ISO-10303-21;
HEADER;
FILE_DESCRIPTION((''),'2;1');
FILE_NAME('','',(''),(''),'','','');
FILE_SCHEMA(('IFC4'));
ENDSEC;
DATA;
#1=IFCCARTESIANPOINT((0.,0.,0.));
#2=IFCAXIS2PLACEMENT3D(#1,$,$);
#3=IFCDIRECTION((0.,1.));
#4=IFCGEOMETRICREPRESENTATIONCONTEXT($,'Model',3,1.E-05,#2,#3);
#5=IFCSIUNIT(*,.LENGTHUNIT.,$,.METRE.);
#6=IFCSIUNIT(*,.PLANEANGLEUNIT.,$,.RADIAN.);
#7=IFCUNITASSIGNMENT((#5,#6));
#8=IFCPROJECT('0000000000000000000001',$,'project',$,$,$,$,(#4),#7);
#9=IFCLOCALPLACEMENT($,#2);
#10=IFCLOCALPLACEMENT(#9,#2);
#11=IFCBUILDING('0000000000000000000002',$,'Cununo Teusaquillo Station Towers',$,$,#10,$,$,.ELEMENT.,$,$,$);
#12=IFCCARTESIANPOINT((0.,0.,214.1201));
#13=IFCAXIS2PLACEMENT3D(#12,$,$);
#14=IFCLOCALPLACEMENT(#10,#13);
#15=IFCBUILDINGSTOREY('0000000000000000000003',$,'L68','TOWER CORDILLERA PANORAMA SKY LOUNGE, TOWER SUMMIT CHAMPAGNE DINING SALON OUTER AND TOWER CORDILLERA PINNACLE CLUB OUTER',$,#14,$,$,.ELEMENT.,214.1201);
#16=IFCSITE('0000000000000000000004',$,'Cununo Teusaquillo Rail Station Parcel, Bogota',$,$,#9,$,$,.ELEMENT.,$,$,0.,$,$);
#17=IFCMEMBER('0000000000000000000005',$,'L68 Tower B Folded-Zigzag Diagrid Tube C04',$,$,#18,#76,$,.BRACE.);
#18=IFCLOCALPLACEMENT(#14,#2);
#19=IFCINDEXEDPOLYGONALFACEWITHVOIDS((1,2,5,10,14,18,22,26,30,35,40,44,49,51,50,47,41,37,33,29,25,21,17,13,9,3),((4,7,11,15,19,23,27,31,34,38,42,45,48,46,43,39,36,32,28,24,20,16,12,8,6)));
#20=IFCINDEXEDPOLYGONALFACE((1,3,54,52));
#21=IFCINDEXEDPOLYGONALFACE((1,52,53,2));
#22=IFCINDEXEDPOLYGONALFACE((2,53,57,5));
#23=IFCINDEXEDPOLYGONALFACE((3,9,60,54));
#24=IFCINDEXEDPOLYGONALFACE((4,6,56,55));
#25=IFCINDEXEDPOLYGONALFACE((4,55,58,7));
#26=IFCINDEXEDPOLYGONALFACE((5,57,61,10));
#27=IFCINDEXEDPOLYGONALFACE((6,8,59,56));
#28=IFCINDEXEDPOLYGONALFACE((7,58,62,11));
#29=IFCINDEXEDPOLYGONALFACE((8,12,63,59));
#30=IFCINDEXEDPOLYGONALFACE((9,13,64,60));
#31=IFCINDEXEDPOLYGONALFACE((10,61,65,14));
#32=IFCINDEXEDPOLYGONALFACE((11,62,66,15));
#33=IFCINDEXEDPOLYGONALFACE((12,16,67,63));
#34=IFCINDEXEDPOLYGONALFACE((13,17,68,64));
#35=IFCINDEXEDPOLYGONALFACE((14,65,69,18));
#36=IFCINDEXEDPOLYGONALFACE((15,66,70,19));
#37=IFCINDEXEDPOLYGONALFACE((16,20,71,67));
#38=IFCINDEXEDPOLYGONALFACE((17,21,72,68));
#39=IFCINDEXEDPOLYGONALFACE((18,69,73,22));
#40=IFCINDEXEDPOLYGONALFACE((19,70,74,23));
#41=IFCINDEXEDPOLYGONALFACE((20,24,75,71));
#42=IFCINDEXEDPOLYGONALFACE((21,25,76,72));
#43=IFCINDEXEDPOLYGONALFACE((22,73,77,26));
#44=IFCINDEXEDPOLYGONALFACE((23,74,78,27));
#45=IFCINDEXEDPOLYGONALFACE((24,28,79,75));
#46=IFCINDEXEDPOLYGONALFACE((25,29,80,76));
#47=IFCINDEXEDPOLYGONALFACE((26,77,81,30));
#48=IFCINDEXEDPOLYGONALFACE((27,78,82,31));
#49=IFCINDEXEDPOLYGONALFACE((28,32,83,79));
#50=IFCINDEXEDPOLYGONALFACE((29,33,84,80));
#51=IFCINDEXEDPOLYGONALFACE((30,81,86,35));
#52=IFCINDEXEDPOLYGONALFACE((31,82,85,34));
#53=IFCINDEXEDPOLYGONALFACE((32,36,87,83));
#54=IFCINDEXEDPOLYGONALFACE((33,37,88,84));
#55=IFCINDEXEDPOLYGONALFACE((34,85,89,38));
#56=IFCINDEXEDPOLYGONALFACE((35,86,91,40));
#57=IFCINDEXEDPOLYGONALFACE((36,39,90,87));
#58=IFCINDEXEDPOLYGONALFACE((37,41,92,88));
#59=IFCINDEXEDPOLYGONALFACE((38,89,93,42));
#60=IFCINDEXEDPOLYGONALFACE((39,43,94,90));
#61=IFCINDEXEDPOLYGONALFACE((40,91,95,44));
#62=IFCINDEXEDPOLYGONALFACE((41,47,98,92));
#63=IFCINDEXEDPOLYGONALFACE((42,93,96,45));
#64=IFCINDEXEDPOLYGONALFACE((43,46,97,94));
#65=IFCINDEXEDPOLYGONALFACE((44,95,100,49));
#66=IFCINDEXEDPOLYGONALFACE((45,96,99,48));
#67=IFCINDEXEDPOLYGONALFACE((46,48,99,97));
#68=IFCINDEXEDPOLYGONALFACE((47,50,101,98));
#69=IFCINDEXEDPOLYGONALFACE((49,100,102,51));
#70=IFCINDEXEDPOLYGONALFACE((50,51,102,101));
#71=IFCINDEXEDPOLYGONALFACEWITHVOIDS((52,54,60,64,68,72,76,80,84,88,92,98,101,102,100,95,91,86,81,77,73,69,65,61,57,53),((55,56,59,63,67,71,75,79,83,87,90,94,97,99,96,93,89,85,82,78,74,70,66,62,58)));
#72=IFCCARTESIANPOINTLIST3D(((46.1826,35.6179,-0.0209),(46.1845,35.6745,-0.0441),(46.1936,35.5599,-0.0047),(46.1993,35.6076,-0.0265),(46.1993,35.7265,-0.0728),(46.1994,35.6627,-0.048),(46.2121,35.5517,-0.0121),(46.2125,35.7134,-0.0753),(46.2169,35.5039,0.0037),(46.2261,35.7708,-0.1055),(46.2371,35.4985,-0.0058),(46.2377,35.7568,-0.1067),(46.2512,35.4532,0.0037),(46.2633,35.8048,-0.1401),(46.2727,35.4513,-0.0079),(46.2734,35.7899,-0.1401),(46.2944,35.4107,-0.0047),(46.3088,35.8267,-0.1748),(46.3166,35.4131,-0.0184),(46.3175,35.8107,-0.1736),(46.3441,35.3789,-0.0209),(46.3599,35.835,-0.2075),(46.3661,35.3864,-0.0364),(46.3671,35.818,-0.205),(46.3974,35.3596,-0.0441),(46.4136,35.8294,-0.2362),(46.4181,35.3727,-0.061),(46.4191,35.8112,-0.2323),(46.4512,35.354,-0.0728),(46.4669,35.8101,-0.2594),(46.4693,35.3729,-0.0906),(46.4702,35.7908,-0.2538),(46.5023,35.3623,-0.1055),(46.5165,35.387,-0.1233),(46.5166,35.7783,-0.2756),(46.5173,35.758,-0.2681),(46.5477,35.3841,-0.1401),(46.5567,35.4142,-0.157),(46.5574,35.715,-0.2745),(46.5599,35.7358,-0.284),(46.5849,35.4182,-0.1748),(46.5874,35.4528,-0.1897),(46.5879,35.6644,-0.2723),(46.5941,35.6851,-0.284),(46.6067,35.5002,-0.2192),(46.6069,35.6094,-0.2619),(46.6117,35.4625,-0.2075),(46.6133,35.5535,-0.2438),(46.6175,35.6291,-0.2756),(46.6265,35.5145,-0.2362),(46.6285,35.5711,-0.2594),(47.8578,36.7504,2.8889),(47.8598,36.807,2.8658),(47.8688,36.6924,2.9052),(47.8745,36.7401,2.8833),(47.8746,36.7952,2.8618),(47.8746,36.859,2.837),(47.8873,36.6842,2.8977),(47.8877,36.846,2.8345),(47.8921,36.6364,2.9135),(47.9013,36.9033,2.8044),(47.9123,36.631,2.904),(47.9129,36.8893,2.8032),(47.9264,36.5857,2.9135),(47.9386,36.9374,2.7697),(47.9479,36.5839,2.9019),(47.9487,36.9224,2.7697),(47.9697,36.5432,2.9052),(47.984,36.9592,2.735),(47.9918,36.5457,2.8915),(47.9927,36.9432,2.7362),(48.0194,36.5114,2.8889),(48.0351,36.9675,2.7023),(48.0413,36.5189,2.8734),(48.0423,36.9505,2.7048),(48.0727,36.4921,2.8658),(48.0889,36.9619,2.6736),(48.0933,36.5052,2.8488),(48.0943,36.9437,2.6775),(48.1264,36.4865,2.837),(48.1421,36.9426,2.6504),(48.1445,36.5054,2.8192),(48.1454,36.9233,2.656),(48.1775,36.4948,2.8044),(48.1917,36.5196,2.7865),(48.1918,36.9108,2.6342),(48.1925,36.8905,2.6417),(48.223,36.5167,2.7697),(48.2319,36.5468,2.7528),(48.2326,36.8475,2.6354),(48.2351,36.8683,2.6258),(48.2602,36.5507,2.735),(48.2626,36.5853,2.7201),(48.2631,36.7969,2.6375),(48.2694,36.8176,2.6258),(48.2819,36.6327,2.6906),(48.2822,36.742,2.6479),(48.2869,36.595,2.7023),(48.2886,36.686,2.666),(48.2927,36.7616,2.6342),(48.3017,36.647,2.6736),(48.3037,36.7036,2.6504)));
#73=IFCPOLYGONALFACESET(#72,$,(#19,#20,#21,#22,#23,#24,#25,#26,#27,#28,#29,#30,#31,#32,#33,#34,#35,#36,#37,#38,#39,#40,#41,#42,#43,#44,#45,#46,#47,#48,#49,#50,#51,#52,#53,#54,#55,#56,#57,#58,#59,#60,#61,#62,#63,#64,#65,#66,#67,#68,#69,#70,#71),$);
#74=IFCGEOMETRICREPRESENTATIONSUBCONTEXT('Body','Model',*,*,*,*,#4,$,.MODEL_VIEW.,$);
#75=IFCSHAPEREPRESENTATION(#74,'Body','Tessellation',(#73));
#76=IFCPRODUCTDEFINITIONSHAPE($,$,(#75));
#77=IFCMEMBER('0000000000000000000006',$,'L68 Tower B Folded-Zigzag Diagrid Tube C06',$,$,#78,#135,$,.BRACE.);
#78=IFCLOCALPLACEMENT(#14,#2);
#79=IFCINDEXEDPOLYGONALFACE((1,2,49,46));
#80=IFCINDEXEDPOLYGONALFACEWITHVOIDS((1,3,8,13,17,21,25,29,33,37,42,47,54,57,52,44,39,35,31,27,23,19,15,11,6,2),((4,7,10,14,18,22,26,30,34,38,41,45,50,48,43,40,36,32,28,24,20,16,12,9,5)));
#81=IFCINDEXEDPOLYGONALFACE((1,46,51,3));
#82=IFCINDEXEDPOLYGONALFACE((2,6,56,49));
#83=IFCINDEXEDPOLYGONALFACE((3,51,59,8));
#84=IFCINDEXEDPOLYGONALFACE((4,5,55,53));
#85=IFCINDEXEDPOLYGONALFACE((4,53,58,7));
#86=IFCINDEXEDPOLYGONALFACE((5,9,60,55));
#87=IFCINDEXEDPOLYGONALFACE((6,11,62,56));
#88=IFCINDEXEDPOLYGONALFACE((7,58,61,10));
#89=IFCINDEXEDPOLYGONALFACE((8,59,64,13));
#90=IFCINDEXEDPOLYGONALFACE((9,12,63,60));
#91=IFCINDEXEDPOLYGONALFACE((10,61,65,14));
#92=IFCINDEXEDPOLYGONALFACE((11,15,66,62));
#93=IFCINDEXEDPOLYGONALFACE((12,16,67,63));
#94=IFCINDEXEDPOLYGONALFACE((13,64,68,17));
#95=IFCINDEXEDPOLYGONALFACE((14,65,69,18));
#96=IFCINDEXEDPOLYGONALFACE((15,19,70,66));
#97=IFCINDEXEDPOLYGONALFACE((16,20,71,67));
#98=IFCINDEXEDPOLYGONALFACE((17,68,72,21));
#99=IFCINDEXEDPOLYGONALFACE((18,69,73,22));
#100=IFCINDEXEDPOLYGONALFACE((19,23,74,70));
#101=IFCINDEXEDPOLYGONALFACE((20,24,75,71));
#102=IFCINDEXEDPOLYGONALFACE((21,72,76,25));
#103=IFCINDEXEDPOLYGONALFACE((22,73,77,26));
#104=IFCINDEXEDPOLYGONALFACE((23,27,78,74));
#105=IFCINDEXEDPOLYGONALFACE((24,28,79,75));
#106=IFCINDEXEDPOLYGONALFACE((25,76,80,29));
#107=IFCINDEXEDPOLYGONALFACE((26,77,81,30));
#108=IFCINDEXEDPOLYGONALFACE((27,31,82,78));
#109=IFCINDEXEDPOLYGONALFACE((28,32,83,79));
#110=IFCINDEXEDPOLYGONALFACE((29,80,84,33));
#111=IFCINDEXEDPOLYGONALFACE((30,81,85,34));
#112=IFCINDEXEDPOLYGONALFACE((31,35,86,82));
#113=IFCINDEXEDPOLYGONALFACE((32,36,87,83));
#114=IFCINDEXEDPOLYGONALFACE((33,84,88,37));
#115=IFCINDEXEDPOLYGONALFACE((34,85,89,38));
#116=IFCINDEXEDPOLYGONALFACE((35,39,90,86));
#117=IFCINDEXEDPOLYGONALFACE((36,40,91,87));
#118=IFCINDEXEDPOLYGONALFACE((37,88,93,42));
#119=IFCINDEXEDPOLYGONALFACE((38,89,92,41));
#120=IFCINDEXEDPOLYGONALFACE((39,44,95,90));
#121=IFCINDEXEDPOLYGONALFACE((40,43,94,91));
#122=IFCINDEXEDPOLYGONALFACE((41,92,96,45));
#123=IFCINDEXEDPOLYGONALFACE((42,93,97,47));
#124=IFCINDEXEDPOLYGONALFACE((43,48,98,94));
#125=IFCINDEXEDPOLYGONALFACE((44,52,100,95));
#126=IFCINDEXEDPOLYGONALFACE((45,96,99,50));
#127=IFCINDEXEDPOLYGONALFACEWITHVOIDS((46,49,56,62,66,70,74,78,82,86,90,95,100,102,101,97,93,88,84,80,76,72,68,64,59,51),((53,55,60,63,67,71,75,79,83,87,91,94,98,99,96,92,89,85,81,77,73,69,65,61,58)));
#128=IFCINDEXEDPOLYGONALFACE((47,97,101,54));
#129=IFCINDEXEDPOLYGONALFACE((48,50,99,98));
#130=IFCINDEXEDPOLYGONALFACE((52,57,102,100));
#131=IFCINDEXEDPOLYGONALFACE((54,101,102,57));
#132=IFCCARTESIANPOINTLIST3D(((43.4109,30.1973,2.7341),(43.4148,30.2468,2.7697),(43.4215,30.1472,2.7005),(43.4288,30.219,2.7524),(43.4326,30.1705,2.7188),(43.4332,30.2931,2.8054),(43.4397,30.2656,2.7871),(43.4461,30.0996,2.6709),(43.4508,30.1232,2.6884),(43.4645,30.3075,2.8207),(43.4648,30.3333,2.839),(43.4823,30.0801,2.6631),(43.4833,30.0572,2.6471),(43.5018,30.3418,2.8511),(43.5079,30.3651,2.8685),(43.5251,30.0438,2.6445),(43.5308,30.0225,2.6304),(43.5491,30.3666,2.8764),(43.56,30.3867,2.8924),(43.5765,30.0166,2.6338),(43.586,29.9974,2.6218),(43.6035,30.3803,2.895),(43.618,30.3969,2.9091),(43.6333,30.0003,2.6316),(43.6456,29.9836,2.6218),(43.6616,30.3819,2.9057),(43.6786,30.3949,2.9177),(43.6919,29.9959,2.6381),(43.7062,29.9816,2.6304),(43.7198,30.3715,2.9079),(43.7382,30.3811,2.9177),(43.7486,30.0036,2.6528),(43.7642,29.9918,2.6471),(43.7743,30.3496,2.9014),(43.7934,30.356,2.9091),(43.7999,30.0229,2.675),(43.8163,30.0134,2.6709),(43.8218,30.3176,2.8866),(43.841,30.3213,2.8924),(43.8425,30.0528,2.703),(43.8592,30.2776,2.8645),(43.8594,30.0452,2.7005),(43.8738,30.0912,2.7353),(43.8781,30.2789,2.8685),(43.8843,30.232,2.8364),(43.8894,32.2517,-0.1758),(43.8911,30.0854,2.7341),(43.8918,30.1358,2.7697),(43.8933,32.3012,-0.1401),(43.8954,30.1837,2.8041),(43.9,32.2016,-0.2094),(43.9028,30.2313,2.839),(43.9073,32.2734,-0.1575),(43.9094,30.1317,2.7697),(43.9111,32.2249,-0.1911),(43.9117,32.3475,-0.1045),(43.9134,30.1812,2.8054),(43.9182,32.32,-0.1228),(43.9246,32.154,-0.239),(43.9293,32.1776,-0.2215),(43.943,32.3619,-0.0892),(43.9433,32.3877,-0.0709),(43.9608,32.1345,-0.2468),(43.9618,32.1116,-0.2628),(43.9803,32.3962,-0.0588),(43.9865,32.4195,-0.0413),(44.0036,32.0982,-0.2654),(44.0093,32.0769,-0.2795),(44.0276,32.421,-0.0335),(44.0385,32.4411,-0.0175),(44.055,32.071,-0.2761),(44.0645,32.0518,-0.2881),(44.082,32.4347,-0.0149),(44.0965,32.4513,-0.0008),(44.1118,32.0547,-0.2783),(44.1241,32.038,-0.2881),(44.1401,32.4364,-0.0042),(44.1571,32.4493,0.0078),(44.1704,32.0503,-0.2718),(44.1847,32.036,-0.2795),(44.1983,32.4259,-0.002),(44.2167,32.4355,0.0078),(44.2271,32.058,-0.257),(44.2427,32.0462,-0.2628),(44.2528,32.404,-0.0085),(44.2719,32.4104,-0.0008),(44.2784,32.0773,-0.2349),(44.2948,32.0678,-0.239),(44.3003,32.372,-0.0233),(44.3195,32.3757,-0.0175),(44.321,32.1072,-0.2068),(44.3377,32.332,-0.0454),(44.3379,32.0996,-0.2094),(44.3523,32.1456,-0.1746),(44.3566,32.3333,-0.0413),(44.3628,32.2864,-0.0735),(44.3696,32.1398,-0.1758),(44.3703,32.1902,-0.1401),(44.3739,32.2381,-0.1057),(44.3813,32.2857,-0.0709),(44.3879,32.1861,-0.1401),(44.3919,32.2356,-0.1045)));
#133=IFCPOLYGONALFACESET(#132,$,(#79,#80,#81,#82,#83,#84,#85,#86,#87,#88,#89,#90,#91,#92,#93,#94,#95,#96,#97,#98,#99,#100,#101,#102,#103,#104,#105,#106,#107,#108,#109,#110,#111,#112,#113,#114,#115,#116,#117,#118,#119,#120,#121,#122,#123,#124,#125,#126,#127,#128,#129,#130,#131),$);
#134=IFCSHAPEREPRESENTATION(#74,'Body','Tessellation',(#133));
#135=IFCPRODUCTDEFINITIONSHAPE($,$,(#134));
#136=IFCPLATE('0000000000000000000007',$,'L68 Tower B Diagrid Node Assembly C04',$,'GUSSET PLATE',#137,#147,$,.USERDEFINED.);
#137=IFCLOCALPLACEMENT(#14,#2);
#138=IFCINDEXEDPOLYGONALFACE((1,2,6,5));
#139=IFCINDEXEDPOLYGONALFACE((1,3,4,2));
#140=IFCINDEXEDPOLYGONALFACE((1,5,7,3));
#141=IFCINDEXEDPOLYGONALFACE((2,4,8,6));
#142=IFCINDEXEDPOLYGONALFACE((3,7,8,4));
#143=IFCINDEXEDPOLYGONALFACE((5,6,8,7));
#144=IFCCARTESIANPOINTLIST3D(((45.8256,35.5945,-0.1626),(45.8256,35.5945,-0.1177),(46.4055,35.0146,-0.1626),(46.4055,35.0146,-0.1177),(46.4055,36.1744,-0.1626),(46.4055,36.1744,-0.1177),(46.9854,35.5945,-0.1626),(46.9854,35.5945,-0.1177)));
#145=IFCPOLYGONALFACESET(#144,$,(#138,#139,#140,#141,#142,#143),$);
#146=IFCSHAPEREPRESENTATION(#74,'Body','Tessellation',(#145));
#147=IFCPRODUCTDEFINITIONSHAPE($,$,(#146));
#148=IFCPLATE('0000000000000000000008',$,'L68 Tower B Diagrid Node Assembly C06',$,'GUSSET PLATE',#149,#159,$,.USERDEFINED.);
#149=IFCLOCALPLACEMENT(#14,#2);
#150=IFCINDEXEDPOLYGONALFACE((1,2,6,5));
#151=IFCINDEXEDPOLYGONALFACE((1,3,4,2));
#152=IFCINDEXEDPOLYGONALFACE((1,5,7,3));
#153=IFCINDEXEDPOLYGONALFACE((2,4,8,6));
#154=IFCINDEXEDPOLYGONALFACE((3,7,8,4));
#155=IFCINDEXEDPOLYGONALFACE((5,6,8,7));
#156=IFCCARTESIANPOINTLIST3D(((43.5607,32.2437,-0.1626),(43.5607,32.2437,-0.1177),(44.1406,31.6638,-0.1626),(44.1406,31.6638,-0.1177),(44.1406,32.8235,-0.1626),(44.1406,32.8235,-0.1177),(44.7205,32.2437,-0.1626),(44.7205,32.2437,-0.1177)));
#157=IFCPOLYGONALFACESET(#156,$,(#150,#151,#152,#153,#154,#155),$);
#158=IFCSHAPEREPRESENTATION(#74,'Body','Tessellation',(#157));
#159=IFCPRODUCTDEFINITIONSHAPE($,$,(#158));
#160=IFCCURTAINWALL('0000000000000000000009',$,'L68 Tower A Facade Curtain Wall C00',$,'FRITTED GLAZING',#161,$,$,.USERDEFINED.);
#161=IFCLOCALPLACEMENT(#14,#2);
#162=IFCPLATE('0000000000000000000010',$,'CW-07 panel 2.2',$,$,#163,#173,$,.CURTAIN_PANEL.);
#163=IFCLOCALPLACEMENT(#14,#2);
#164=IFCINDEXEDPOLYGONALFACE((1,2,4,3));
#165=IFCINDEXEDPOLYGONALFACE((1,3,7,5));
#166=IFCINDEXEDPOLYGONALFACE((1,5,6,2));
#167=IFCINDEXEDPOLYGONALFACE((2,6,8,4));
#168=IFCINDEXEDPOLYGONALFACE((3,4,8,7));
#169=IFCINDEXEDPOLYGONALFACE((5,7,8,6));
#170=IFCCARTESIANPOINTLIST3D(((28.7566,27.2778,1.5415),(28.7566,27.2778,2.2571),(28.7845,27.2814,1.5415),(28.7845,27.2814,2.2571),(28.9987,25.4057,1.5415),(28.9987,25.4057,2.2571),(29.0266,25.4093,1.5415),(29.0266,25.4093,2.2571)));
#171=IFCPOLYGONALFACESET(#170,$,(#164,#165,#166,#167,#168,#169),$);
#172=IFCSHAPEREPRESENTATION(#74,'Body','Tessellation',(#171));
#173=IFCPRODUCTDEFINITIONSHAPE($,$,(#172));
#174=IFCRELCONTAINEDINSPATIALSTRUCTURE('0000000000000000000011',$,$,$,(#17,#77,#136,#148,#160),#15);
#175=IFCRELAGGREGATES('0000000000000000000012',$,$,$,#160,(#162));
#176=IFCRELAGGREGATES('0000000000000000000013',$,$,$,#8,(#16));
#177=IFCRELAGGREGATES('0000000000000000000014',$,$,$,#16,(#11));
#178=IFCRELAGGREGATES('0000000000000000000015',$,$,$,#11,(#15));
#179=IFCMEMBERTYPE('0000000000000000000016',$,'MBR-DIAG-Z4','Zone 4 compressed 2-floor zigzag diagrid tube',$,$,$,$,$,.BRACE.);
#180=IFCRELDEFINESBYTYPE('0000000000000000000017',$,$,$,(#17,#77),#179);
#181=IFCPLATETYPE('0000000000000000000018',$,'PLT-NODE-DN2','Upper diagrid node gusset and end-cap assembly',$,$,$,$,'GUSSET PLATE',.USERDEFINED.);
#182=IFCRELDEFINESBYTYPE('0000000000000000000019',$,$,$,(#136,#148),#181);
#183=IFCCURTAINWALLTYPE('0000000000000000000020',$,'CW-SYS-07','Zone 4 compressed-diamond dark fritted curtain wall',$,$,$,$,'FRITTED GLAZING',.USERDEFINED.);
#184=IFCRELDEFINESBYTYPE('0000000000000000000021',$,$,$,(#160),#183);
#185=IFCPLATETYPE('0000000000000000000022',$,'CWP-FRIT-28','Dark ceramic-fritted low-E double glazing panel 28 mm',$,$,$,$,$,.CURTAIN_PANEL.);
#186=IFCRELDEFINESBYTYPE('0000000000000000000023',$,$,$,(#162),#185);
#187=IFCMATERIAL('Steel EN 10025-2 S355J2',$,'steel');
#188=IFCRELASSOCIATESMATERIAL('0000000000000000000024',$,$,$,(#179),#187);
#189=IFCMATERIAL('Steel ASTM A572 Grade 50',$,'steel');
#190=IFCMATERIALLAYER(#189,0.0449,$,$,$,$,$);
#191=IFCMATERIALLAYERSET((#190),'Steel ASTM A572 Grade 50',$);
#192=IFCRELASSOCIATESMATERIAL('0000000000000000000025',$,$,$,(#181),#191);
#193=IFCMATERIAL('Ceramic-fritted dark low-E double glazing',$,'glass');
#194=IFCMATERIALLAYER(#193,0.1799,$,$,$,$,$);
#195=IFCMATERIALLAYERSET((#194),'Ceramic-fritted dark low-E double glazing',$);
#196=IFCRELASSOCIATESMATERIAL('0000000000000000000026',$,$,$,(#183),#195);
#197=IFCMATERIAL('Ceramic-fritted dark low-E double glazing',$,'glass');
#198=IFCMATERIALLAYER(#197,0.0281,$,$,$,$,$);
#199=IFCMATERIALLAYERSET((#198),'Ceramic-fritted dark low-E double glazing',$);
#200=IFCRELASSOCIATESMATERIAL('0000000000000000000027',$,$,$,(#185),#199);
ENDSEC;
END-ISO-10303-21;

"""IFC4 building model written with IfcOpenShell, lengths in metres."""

from ifc_helpers import new_model, si_unit, direction, frame, origin, origin_2d, place, context, subcontext, project, spatial, rectangle, hollow_circle, extrude, source, transform, mapped, material, layer, layer_set, material_profile, profile_set, type_object, element, aggregate, save


model = new_model("IFC4")

# Units and contexts
model_context = context("Model", 3, precision=1e-05, world=origin(), true_north=direction((0.0, 1.0)))
body_context = subcontext(model_context, "Body", "Model", "MODEL_VIEW")
ifc_project = project(units=[si_unit("LENGTHUNIT", "METRE"), si_unit("PLANEANGLEUNIT", "RADIAN")], contexts=[model_context])

# Site, building, storey
site_placement = place(None, origin())
site = spatial("IfcSite", under=ifc_project, at=site_placement, Name="Cununo Teusaquillo Rail Station Parcel, Bogota", CompositionType="ELEMENT", RefElevation=0.0)
building_placement = place(site_placement, origin())
building = spatial("IfcBuilding", under=site, at=building_placement, Name="Cununo Teusaquillo Station Towers", CompositionType="ELEMENT")
storey_placement = place(building_placement, frame((0.0, 0.0, 214.1201)))
storey = spatial("IfcBuildingStorey", under=building, at=storey_placement, Name="L68", Description="TOWER CORDILLERA PANORAMA SKY LOUNGE, TOWER SUMMIT CHAMPAGNE DINING SALON OUTER AND TOWER CORDILLERA PINNACLE CLUB OUTER", CompositionType="ELEMENT", Elevation=214.1201)

# Members
ifc_material_1 = material(Name="Steel EN 10025-2 S355J2", Category="steel")
ifc_material_profile_1 = material_profile(ifc_material_1, hollow_circle(Radius=0.2539, WallThickness=0.0181, at=origin_2d()), Name="CHS 508x18")
ifc_profile_set_1 = profile_set([ifc_material_profile_1], Name="Steel EN 10025-2 S355J2")
member_type = type_object("IfcMemberType", Name="MBR-DIAG-Z4", Description="Zone 4 compressed 2-floor zigzag diagrid tube", PredefinedType="BRACE", material=ifc_profile_set_1)
member_1_placement = place(storey_placement, frame((46.4055, 35.5945, -0.1401), z_axis=(0.472769, 0.319612, 0.82118), x_axis=(-0.560066, 0.828448, 0.0)))
element("IfcMember", 1, at=member_1_placement, inside=storey, type_object=member_type, Name="L68 Tower B Folded-Zigzag Diagrid Tube C04", PredefinedType="BRACE", context=body_context, shape_type="SweptSolid", body=[
    extrude(hollow_circle(Radius=0.2539, WallThickness=0.0181, at=origin_2d()), origin(), (0.0, 0.0, 1.0), 3.5435),
])
member_2_placement = place(storey_placement, frame((44.1406, 32.2437, -0.1401), z_axis=(-0.133141, -0.571621, 0.809644), x_axis=(0.973931, -0.226845, 0.0)))
element("IfcMember", 2, at=member_2_placement, inside=storey, type_object=member_type, Name="L68 Tower B Folded-Zigzag Diagrid Tube C06", PredefinedType="BRACE", context=body_context, shape_type="SweptSolid", body=[
    extrude(hollow_circle(Radius=0.2539, WallThickness=0.0181, at=origin_2d()), origin(), (0.0, 0.0, 1.0), 3.594),
])

# Plates
ifc_material_2 = material(Name="Steel ASTM A572 Grade 50", Category="steel")
ifc_layer_1 = layer(ifc_material_2, 0.0449)
ifc_layer_set_1 = layer_set([ifc_layer_1], Name="Steel ASTM A572 Grade 50")
plate_type_1 = type_object("IfcPlateType", Name="PLT-NODE-DN2", Description="Upper diagrid node gusset and end-cap assembly", ElementType="GUSSET PLATE", PredefinedType="USERDEFINED", material=ifc_layer_set_1)
shared_shape_1 = source(origin(), body_context, "Body", "SweptSolid", [
    extrude(rectangle(XDim=0.8201, YDim=0.8201, at=origin_2d()), origin(), (0.0, 0.0, 1.0), 0.0449),
])
for number, where, z_axis, x_axis, name in (
    (3, (46.4055, 35.5945, -0.1626), (0.0, 0.0, 1.0), (0.707107, 0.707107, 0.0), "L68 Tower B Diagrid Node Assembly C04"),
    (4, (44.1406, 32.2437, -0.1626), (0.0, 0.0, 1.0), (0.707107, 0.707107, 0.0), "L68 Tower B Diagrid Node Assembly C06"),
):
    element("IfcPlate", number, at=place(storey_placement, frame(where, z_axis=z_axis, x_axis=x_axis)), inside=storey, type_object=plate_type_1, Name=name, ObjectType="GUSSET PLATE", PredefinedType="USERDEFINED", context=body_context, shape_type="MappedRepresentation", body=[
        mapped(shared_shape_1, transform((0.0, 0.0, 0.0), x_axis=(1.0, 0.0, 0.0), y_axis=(0.0, 1.0, 0.0), z_axis=(0.0, 0.0, 1.0), scale=1.0)),
    ])

# Curtain wall, plate
ifc_material_3 = material(Name="Ceramic-fritted dark low-E double glazing", Category="glass")
ifc_layer_2 = layer(ifc_material_3, 0.1799)
ifc_layer_set_2 = layer_set([ifc_layer_2], Name="Ceramic-fritted dark low-E double glazing")
curtain_wall_type = type_object("IfcCurtainWallType", Name="CW-SYS-07", Description="Zone 4 compressed-diamond dark fritted curtain wall", ElementType="FRITTED GLAZING", PredefinedType="USERDEFINED", material=ifc_layer_set_2)
curtain_wall_placement = place(storey_placement, origin())
curtain_wall = element("IfcCurtainWall", 5, at=curtain_wall_placement, inside=storey, type_object=curtain_wall_type, Name="L68 Tower A Facade Curtain Wall C00", ObjectType="FRITTED GLAZING", PredefinedType="USERDEFINED")
ifc_material_4 = material(Name="Ceramic-fritted dark low-E double glazing", Category="glass")
ifc_layer_3 = layer(ifc_material_4, 0.0281)
ifc_layer_set_3 = layer_set([ifc_layer_3], Name="Ceramic-fritted dark low-E double glazing")
plate_type_2 = type_object("IfcPlateType", Name="CWP-FRIT-28", Description="Dark ceramic-fritted low-E double glazing panel 28 mm", PredefinedType="CURTAIN_PANEL", material=ifc_layer_set_3)
shared_shape_2 = source(origin(), body_context, "Body", "SweptSolid", [
    extrude(rectangle(XDim=1.8877, YDim=0.0281, at=origin_2d()), origin(), (0.0, 0.0, 1.0), 0.7156),
])
plate_placement = place(storey_placement, frame((28.8916, 26.3435, 1.5415), z_axis=(0.0, 0.0, 1.0), x_axis=(0.128253, -0.991742, 0.0)))
plate = element("IfcPlate", 6, at=plate_placement, type_object=plate_type_2, Name="CW-07 panel 2.2", PredefinedType="CURTAIN_PANEL", context=body_context, shape_type="MappedRepresentation", body=[
    mapped(shared_shape_2, transform((0.0, 0.0, 0.0), x_axis=(1.0, 0.0, 0.0), y_axis=(0.0, 1.0, 0.0), z_axis=(0.0, 0.0, 1.0), scale=1.0)),
])
aggregate(curtain_wall, [plate])

save(model, "model.ifc")
